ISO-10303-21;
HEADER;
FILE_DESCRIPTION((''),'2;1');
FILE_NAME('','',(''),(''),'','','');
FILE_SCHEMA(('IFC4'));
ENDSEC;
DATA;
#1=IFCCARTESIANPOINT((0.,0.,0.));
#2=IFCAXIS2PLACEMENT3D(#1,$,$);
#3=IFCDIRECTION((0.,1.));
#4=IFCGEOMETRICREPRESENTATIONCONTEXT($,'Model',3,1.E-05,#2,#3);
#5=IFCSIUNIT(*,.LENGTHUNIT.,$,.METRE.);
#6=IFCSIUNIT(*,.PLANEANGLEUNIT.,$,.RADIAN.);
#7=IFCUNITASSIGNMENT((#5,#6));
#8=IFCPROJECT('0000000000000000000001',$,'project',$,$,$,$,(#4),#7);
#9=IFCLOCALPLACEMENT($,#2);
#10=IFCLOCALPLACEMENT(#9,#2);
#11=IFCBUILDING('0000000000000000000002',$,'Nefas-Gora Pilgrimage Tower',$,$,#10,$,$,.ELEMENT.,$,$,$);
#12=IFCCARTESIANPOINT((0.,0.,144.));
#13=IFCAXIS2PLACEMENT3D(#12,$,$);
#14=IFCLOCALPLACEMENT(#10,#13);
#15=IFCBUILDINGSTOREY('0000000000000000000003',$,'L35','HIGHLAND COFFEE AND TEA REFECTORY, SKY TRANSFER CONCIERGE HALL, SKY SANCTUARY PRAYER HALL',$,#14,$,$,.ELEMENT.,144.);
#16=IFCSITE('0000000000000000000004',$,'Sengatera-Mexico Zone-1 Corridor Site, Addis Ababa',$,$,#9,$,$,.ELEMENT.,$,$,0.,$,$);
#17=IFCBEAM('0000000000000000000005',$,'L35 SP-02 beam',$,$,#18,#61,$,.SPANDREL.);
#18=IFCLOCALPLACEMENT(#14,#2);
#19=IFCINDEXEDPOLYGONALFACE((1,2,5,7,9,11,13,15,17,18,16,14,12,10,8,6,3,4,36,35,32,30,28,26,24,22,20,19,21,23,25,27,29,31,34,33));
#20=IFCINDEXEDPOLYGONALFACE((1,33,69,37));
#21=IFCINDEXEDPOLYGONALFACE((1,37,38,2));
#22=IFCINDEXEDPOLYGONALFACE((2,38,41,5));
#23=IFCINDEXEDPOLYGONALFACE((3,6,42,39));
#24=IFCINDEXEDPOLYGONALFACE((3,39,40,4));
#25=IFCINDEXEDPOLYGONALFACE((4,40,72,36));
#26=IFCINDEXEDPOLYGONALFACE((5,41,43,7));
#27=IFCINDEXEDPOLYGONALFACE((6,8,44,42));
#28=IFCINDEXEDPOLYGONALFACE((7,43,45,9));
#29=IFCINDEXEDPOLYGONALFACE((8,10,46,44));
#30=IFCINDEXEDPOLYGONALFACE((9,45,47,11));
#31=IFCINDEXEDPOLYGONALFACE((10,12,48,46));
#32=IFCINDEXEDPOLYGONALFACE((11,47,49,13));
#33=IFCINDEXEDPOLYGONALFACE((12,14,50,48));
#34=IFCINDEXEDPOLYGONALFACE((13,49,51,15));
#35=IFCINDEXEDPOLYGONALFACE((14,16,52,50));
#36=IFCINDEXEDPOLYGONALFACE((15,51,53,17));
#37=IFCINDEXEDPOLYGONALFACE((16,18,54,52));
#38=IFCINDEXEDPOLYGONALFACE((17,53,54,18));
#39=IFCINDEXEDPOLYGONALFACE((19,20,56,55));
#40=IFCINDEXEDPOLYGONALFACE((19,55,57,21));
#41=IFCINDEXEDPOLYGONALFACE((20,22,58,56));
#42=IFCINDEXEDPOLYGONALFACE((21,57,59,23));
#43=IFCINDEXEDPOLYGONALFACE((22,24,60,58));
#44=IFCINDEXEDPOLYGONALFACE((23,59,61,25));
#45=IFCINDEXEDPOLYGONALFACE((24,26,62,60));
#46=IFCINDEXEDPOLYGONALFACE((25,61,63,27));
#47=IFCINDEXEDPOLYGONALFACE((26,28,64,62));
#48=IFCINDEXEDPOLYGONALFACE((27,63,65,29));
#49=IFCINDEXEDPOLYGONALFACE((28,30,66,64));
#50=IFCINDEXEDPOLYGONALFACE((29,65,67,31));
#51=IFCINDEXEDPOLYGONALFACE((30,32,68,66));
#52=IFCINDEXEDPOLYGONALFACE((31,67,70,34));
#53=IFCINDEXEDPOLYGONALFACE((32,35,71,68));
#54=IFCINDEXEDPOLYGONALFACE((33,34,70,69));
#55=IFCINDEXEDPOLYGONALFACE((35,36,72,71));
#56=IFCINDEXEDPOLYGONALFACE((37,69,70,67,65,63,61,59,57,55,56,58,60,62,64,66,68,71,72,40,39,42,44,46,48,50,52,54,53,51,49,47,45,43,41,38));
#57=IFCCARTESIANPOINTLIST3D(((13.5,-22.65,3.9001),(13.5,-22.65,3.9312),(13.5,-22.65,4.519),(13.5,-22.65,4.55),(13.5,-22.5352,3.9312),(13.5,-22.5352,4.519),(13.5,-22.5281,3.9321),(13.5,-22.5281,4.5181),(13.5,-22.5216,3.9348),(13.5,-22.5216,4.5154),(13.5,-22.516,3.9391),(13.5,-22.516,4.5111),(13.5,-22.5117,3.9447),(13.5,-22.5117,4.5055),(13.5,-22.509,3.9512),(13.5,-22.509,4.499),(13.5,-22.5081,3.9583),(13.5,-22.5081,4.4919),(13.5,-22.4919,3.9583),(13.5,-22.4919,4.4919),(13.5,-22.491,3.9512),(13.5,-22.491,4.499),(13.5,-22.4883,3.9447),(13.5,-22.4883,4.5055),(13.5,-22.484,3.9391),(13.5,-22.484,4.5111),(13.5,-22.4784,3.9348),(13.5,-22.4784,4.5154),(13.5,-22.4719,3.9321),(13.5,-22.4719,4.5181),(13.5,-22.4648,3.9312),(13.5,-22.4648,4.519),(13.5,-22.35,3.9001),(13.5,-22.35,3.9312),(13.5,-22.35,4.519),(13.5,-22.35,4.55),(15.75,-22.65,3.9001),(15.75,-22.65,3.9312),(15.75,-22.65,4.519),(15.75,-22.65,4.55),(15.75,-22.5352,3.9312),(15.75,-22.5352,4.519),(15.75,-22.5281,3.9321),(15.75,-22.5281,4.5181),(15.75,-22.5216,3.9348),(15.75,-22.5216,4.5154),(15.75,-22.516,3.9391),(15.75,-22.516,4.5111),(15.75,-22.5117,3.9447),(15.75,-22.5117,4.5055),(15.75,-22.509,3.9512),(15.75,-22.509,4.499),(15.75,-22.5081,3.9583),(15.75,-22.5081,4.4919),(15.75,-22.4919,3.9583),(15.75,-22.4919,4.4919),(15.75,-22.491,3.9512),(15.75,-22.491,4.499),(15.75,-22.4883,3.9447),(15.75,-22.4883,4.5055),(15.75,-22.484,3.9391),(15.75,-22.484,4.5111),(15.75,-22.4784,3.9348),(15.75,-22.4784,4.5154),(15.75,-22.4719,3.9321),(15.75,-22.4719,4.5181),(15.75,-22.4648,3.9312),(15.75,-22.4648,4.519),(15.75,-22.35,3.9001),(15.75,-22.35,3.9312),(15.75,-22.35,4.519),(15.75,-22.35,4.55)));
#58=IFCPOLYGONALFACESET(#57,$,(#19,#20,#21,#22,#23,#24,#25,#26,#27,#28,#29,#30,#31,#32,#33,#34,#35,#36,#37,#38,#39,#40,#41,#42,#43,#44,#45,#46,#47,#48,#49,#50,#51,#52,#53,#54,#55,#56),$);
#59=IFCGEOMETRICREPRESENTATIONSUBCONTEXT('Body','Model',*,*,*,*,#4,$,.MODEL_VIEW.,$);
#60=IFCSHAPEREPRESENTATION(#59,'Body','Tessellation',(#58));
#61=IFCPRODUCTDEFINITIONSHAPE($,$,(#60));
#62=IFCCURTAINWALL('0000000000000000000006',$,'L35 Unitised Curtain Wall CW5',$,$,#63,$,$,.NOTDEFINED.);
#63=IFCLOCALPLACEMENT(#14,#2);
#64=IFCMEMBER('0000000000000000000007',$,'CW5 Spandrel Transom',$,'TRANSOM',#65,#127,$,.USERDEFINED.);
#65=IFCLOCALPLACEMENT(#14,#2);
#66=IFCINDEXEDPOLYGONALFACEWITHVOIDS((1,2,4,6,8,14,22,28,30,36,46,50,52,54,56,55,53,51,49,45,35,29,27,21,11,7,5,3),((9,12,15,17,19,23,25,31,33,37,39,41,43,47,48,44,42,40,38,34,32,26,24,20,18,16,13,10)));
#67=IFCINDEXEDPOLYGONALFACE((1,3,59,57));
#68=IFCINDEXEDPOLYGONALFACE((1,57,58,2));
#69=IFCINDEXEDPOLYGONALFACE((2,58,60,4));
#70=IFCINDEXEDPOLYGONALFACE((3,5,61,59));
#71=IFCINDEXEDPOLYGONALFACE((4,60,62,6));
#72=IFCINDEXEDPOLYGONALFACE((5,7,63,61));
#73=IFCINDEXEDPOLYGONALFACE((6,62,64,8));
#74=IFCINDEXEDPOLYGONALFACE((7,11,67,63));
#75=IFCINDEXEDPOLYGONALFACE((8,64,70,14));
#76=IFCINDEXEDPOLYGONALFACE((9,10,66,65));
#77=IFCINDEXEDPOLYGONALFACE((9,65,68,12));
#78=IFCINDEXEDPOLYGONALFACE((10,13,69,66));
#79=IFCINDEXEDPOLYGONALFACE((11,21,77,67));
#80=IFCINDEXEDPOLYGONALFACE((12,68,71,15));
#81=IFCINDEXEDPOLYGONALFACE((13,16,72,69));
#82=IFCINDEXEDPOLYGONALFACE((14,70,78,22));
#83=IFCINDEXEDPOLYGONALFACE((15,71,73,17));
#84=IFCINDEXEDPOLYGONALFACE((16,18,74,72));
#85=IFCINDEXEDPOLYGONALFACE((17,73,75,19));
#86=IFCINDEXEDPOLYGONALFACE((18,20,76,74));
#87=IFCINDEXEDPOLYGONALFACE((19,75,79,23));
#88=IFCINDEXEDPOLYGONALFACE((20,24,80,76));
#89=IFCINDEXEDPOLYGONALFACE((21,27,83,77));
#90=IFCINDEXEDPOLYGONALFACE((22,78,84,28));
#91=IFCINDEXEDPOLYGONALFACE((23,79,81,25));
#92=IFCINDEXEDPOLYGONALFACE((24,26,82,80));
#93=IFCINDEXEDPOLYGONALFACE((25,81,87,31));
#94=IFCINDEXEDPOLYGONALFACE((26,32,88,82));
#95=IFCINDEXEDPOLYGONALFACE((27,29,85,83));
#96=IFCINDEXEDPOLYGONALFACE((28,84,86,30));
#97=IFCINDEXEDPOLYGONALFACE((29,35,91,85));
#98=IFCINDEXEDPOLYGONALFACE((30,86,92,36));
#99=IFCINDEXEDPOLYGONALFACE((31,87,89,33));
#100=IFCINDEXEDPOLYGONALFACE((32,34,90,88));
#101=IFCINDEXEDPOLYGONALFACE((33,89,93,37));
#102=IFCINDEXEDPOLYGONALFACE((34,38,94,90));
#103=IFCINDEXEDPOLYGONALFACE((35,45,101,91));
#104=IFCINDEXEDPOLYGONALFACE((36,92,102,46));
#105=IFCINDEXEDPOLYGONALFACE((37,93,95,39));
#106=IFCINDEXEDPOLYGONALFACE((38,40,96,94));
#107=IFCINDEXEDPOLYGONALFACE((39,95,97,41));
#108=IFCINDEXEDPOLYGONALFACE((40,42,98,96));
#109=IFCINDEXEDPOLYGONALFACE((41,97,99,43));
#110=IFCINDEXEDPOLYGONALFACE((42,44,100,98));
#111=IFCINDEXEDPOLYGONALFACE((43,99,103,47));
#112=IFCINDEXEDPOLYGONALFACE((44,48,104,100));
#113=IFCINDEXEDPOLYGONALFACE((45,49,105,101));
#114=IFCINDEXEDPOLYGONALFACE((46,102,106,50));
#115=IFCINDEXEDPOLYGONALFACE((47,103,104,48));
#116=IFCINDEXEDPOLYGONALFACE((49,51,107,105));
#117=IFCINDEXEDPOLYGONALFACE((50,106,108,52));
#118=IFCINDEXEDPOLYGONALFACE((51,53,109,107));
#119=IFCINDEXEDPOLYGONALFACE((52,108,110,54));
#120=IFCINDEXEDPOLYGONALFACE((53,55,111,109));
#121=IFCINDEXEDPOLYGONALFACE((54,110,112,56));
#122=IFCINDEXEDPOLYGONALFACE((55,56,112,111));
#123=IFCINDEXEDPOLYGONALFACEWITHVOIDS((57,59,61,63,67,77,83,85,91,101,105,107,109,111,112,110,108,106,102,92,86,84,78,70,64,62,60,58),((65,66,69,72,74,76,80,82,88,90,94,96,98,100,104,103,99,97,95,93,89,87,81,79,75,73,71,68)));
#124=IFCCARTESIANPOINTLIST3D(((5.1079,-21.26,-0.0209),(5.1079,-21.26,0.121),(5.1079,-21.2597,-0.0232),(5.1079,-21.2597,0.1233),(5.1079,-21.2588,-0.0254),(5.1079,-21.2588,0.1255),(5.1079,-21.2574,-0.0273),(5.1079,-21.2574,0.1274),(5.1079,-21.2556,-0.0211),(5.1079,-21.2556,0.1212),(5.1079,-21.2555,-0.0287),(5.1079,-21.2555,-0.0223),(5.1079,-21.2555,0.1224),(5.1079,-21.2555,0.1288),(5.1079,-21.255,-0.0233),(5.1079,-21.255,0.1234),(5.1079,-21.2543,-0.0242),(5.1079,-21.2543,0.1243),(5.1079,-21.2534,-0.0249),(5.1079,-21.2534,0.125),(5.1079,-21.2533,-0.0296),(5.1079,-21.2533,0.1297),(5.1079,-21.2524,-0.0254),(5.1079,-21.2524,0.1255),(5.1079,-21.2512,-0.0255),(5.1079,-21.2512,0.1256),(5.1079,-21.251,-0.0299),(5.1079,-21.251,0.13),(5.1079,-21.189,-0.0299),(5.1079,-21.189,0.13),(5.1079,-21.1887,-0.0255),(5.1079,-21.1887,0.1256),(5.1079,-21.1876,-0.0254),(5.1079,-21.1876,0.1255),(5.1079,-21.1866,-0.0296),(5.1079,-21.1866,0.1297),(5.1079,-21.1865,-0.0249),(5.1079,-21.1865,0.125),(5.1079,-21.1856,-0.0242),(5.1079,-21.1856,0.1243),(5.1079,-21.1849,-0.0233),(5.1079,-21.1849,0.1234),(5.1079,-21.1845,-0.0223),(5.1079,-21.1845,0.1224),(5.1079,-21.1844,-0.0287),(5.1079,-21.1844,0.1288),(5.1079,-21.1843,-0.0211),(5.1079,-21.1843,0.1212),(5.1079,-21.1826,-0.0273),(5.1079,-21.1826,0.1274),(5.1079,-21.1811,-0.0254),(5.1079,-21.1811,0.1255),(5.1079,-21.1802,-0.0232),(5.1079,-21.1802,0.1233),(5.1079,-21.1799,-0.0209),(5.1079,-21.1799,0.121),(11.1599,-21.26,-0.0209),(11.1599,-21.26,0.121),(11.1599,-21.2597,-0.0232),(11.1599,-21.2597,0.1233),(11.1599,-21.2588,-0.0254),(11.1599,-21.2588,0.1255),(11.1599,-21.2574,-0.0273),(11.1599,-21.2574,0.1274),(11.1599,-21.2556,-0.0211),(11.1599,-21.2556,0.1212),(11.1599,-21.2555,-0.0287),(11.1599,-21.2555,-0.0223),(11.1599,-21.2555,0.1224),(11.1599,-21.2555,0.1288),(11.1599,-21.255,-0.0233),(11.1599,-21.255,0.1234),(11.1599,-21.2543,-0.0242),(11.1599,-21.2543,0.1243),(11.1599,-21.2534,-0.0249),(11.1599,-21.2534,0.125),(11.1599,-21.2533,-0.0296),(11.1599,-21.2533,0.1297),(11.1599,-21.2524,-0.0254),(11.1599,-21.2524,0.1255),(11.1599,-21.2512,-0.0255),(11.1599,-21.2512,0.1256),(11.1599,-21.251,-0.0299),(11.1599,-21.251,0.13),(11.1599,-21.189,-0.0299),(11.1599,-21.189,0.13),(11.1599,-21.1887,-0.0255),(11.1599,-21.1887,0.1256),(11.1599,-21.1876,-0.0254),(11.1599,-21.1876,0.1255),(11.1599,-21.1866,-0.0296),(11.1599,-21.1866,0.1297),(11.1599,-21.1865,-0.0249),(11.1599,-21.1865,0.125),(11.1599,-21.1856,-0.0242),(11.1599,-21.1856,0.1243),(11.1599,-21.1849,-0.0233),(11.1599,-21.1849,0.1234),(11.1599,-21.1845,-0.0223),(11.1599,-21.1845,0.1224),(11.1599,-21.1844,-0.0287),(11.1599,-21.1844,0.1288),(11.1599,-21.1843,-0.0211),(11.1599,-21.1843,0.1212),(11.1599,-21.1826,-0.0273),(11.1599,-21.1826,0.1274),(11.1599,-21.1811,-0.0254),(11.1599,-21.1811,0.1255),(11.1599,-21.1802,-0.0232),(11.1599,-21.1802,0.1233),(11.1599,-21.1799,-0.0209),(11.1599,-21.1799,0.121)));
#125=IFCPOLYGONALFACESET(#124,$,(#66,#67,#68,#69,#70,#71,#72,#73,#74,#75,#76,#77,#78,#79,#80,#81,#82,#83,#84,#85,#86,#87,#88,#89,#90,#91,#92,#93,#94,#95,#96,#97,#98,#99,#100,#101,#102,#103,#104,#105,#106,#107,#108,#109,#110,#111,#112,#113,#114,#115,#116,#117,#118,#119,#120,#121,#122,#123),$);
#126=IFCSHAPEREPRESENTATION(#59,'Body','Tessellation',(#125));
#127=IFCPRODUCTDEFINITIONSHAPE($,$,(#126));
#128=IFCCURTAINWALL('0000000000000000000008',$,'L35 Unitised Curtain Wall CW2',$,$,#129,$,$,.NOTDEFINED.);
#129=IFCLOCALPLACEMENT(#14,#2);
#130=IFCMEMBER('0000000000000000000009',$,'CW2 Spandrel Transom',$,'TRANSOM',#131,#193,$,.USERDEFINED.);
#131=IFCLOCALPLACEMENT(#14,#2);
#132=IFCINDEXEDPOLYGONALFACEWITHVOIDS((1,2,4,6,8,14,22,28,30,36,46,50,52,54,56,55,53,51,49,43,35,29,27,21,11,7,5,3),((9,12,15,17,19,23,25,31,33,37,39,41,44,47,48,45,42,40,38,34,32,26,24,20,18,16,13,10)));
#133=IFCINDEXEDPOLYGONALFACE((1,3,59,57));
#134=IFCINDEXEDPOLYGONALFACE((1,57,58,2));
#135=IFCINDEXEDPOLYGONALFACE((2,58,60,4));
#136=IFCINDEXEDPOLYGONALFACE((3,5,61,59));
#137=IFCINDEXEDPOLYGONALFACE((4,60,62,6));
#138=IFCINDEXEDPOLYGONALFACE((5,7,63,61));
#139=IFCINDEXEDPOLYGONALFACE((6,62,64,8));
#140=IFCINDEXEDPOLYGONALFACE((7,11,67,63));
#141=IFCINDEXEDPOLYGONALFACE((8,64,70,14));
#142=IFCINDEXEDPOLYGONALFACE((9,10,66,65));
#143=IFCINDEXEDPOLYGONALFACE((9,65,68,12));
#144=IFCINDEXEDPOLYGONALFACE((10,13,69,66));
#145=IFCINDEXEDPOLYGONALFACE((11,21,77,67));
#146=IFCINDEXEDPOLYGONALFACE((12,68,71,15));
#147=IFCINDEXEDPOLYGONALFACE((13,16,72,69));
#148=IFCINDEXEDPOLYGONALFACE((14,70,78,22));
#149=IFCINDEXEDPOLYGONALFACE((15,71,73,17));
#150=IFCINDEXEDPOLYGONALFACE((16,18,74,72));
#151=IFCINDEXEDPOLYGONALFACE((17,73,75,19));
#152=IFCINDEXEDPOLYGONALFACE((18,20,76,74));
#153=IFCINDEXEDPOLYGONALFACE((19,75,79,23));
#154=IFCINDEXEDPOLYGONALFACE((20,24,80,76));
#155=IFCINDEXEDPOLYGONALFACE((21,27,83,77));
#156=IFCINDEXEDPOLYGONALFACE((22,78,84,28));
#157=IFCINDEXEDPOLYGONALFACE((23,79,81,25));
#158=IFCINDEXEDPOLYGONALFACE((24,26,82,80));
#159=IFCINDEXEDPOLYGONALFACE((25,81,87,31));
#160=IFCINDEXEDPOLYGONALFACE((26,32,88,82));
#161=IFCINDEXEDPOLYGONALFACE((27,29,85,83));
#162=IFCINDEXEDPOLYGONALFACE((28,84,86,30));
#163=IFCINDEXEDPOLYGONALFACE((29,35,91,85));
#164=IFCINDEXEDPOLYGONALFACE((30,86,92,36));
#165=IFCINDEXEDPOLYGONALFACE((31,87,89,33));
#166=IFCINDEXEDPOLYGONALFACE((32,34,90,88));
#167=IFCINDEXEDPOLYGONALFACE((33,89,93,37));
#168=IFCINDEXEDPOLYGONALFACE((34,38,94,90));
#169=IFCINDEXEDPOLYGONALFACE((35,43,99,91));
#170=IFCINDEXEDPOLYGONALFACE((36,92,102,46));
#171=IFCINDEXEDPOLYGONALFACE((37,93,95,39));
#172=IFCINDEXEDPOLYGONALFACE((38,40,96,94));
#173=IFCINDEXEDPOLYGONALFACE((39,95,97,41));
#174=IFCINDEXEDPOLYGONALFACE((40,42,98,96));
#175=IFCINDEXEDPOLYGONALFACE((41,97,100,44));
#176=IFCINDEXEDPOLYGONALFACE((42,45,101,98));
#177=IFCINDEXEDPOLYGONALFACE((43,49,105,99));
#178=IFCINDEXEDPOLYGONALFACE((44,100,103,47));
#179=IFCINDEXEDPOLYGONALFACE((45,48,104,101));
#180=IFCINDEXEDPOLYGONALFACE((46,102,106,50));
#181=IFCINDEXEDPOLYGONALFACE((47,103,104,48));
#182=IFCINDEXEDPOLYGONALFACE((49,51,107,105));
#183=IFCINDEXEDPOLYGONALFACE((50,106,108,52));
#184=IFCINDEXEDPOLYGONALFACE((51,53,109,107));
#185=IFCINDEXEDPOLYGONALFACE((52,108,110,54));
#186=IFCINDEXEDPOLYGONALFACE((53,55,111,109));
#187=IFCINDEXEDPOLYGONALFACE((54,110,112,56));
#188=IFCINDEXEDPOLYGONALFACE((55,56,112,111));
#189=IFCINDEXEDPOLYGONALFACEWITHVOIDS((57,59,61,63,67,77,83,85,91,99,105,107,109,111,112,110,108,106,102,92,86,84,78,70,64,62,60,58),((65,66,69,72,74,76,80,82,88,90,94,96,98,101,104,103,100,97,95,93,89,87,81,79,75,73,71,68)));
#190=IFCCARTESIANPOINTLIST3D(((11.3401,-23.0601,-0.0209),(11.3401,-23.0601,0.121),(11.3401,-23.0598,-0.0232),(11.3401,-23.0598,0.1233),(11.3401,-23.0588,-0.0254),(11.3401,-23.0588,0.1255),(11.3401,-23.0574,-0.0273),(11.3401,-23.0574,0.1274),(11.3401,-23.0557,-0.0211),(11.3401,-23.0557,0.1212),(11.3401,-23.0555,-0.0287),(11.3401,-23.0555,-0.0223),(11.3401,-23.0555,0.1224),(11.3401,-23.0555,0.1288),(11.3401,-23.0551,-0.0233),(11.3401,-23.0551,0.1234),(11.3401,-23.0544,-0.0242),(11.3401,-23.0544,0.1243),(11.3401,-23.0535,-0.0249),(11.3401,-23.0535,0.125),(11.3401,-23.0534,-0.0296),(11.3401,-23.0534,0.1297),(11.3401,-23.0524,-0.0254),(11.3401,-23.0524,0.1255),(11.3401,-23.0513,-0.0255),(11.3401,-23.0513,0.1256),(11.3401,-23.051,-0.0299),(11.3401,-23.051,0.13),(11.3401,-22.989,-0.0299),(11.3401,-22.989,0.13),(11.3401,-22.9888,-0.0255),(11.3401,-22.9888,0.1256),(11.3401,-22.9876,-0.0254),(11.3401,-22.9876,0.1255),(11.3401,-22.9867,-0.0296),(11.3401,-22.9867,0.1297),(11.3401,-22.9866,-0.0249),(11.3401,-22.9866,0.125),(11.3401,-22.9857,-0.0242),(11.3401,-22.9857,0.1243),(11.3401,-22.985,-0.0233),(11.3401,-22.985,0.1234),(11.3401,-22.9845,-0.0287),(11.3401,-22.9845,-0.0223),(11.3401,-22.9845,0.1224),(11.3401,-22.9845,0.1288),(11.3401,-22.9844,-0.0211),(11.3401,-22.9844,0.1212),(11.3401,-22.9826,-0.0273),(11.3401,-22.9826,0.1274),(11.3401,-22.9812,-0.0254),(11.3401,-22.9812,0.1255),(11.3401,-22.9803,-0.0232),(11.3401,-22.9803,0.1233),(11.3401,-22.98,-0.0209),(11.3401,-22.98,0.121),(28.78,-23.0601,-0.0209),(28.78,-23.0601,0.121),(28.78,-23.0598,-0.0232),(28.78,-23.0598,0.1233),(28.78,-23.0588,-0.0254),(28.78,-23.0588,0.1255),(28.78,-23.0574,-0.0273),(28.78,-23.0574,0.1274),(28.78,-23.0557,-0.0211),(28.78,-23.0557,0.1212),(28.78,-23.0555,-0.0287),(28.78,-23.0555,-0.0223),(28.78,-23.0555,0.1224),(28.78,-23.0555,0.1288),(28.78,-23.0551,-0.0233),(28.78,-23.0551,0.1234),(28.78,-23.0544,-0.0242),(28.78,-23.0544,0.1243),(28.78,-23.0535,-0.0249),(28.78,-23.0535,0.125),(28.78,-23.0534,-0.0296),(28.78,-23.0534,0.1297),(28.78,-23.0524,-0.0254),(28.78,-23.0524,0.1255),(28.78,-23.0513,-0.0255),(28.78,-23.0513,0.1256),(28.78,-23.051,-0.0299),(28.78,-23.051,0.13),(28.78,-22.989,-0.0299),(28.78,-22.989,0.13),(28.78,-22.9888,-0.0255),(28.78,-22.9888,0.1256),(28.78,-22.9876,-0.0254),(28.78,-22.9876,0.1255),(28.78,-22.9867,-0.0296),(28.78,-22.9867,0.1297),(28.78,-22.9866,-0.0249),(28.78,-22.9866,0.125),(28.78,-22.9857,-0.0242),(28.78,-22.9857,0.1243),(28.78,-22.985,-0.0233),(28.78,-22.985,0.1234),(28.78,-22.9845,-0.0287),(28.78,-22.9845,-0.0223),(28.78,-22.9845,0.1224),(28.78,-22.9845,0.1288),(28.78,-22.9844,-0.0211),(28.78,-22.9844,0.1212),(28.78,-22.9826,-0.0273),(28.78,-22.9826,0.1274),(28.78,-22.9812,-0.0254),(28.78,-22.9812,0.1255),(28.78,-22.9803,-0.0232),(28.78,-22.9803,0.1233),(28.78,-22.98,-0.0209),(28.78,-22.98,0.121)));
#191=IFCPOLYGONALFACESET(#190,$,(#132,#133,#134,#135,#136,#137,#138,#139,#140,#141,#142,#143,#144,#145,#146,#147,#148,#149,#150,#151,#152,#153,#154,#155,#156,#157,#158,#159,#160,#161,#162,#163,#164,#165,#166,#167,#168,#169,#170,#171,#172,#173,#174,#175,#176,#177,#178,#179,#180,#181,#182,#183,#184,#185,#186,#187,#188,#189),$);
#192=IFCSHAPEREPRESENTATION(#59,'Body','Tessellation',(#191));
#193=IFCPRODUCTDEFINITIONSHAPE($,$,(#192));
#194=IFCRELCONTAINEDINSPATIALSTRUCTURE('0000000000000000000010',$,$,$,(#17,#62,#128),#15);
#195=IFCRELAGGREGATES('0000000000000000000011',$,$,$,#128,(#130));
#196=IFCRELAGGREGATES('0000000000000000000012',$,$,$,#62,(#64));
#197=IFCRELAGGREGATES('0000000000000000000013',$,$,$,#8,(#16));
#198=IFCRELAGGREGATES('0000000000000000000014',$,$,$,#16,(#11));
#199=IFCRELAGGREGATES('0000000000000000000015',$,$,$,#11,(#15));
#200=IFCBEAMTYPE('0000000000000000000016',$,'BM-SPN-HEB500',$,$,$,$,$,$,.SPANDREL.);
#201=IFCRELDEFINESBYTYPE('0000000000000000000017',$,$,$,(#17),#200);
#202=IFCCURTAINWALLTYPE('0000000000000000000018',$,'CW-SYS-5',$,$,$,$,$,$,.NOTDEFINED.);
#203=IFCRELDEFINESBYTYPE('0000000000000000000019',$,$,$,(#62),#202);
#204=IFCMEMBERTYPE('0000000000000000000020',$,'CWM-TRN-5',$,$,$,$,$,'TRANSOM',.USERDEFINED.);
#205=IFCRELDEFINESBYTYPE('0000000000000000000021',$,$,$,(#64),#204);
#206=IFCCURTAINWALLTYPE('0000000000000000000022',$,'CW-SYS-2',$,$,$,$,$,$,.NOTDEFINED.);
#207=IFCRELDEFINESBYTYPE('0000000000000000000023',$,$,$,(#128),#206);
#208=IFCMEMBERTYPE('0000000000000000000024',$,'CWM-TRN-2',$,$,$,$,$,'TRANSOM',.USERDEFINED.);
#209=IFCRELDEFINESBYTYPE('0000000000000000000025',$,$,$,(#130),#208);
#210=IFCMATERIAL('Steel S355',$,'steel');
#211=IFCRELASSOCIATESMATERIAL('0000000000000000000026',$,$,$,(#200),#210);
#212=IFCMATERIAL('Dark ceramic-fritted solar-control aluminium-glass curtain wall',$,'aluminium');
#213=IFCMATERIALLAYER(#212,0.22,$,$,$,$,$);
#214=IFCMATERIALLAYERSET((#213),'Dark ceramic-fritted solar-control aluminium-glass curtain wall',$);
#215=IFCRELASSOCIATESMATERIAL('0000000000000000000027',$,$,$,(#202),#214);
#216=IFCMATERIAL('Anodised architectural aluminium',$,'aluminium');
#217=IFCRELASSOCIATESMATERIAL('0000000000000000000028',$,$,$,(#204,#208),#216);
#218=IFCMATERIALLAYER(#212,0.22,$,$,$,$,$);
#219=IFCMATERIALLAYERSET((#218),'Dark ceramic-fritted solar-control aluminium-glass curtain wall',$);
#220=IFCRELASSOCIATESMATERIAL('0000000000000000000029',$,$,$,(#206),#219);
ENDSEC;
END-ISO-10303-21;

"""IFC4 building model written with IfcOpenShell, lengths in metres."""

from ifc_helpers import new_model, si_unit, direction, frame, origin, origin_2d, place, context, subcontext, project, spatial, hollow_rectangle, i_section, extrude, source, transform, mapped, material, layer, layer_set, material_profile, profile_set, type_object, element, aggregate, save


model = new_model("IFC4")

# Units and contexts
model_context = context("Model", 3, precision=1e-05, world=origin(), true_north=direction((0.0, 1.0)))
body_context = subcontext(model_context, "Body", "Model", "MODEL_VIEW")
ifc_project = project(units=[si_unit("LENGTHUNIT", "METRE"), si_unit("PLANEANGLEUNIT", "RADIAN")], contexts=[model_context])

# Site, building, storey
site_placement = place(None, origin())
site = spatial("IfcSite", under=ifc_project, at=site_placement, Name="Sengatera-Mexico Zone-1 Corridor Site, Addis Ababa", CompositionType="ELEMENT", RefElevation=0.0)
building_placement = place(site_placement, origin())
building = spatial("IfcBuilding", under=site, at=building_placement, Name="Nefas-Gora Pilgrimage Tower", CompositionType="ELEMENT")
storey_placement = place(building_placement, frame((0.0, 0.0, 144.0)))
storey = spatial("IfcBuildingStorey", under=building, at=storey_placement, Name="L35", Description="HIGHLAND COFFEE AND TEA REFECTORY, SKY TRANSFER CONCIERGE HALL, SKY SANCTUARY PRAYER HALL", CompositionType="ELEMENT", Elevation=144.0)

# Beam
ifc_material_1 = material(Name="Steel S355", Category="steel")
ifc_material_profile_1 = material_profile(ifc_material_1, i_section(OverallWidth=0.3, OverallDepth=0.6499, WebThickness=0.0161, FlangeThickness=0.031, FilletRadius=0.0271, at=origin_2d()), Name="HEB 650")
ifc_profile_set_1 = profile_set([ifc_material_profile_1], Name="Steel S355")
beam_type_1 = type_object("IfcBeamType", Name="BM-SPN-HEB500", PredefinedType="SPANDREL", material=ifc_profile_set_1)
shared_shape_1 = source(origin(), body_context, "Body", "SweptSolid", [
    extrude(i_section(OverallWidth=0.3, OverallDepth=0.6499, WebThickness=0.0161, FlangeThickness=0.031, FilletRadius=0.0271, at=origin_2d()), origin(), (0.0, 0.0, 1.0), 2.25),
])
beam_1_placement = place(storey_placement, frame((13.5, -22.5, 4.2251), z_axis=(1.0, 0.0, 0.0), x_axis=(0.0, 1.0, 0.0)))
element("IfcBeam", 1, at=beam_1_placement, inside=storey, type_object=beam_type_1, Name="L35 SP-02 beam", PredefinedType="SPANDREL", context=body_context, shape_type="MappedRepresentation", body=[
    mapped(shared_shape_1, transform((0.0, 0.0, 0.0), x_axis=(1.0, 0.0, 0.0), y_axis=(0.0, 1.0, 0.0), z_axis=(0.0, 0.0, 1.0), scale=1.0)),
])

# Curtain walls, members
ifc_material_2 = material(Name="Dark ceramic-fritted solar-control aluminium-glass curtain wall", Category="aluminium")
ifc_layer_1 = layer(ifc_material_2, 0.22)
ifc_layer_set_1 = layer_set([ifc_layer_1], Name="Dark ceramic-fritted solar-control aluminium-glass curtain wall")
curtain_wall_type_1 = type_object("IfcCurtainWallType", Name="CW-SYS-5", PredefinedType="NOTDEFINED", material=ifc_layer_set_1)
curtain_wall_1_placement = place(storey_placement, origin())
curtain_wall_1 = element("IfcCurtainWall", 2, at=curtain_wall_1_placement, inside=storey, type_object=curtain_wall_type_1, Name="L35 Unitised Curtain Wall CW5", PredefinedType="NOTDEFINED")
ifc_material_3 = material(Name="Anodised architectural aluminium", Category="aluminium")
ifc_material_profile_2 = material_profile(ifc_material_3, hollow_rectangle(XDim=0.0801, YDim=0.1599, WallThickness=0.0044, InnerFilletRadius=0.0044, OuterFilletRadius=0.009, at=origin_2d()), Name="ALU TRANSOM 80x160")
ifc_profile_set_2 = profile_set([ifc_material_profile_2], Name="Anodised architectural aluminium")
member_type_1 = type_object("IfcMemberType", Name="CWM-TRN-5", ElementType="TRANSOM", PredefinedType="USERDEFINED", material=ifc_profile_set_2)
shared_shape_2 = source(origin(), body_context, "Body", "SweptSolid", [
    extrude(hollow_rectangle(XDim=0.0801, YDim=0.1599, WallThickness=0.0044, InnerFilletRadius=0.0044, OuterFilletRadius=0.009, at=origin_2d()), origin(), (0.0, 0.0, 1.0), 6.052),
])
member_1_placement = place(storey_placement, frame((5.1079, -21.22, 0.05), z_axis=(1.0, 0.0, 0.0), x_axis=(0.0, 1.0, 0.0)))
member_1 = element("IfcMember", 3, at=member_1_placement, type_object=member_type_1, Name="CW5 Spandrel Transom", ObjectType="TRANSOM", PredefinedType="USERDEFINED", context=body_context, shape_type="MappedRepresentation", body=[
    mapped(shared_shape_2, transform((0.0, 0.0, 0.0), x_axis=(1.0, 0.0, 0.0), y_axis=(0.0, 1.0, 0.0), z_axis=(0.0, 0.0, 1.0), scale=1.0)),
])
ifc_layer_2 = layer(ifc_material_2, 0.22)
ifc_layer_set_2 = layer_set([ifc_layer_2], Name="Dark ceramic-fritted solar-control aluminium-glass curtain wall")
curtain_wall_type_2 = type_object("IfcCurtainWallType", Name="CW-SYS-2", PredefinedType="NOTDEFINED", material=ifc_layer_set_2)
curtain_wall_2_placement = place(storey_placement, origin())
curtain_wall_2 = element("IfcCurtainWall", 4, at=curtain_wall_2_placement, inside=storey, type_object=curtain_wall_type_2, Name="L35 Unitised Curtain Wall CW2", PredefinedType="NOTDEFINED")
ifc_material_profile_3 = material_profile(ifc_material_3, hollow_rectangle(XDim=0.0801, YDim=0.1599, WallThickness=0.0044, InnerFilletRadius=0.0044, OuterFilletRadius=0.009, at=origin_2d()), Name="ALU TRANSOM 80x160")
ifc_profile_set_3 = profile_set([ifc_material_profile_3], Name="Anodised architectural aluminium")
member_type_2 = type_object("IfcMemberType", Name="CWM-TRN-2", ElementType="TRANSOM", PredefinedType="USERDEFINED", material=ifc_profile_set_3)
shared_shape_3 = source(origin(), body_context, "Body", "SweptSolid", [
    extrude(hollow_rectangle(XDim=0.0801, YDim=0.1599, WallThickness=0.0044, InnerFilletRadius=0.0044, OuterFilletRadius=0.009, at=origin_2d()), origin(), (0.0, 0.0, 1.0), 17.4399),
])
member_2_placement = place(storey_placement, frame((11.3401, -23.02, 0.05), z_axis=(1.0, 0.0, 0.0), x_axis=(0.0, 1.0, 0.0)))
member_2 = element("IfcMember", 5, at=member_2_placement, type_object=member_type_2, Name="CW2 Spandrel Transom", ObjectType="TRANSOM", PredefinedType="USERDEFINED", context=body_context, shape_type="MappedRepresentation", body=[
    mapped(shared_shape_3, transform((0.0, 0.0, 0.0), x_axis=(1.0, 0.0, 0.0), y_axis=(0.0, 1.0, 0.0), z_axis=(0.0, 0.0, 1.0), scale=1.0)),
])

aggregate(curtain_wall_2, [member_2])

aggregate(curtain_wall_1, [member_1])

save(model, "model.ifc")
